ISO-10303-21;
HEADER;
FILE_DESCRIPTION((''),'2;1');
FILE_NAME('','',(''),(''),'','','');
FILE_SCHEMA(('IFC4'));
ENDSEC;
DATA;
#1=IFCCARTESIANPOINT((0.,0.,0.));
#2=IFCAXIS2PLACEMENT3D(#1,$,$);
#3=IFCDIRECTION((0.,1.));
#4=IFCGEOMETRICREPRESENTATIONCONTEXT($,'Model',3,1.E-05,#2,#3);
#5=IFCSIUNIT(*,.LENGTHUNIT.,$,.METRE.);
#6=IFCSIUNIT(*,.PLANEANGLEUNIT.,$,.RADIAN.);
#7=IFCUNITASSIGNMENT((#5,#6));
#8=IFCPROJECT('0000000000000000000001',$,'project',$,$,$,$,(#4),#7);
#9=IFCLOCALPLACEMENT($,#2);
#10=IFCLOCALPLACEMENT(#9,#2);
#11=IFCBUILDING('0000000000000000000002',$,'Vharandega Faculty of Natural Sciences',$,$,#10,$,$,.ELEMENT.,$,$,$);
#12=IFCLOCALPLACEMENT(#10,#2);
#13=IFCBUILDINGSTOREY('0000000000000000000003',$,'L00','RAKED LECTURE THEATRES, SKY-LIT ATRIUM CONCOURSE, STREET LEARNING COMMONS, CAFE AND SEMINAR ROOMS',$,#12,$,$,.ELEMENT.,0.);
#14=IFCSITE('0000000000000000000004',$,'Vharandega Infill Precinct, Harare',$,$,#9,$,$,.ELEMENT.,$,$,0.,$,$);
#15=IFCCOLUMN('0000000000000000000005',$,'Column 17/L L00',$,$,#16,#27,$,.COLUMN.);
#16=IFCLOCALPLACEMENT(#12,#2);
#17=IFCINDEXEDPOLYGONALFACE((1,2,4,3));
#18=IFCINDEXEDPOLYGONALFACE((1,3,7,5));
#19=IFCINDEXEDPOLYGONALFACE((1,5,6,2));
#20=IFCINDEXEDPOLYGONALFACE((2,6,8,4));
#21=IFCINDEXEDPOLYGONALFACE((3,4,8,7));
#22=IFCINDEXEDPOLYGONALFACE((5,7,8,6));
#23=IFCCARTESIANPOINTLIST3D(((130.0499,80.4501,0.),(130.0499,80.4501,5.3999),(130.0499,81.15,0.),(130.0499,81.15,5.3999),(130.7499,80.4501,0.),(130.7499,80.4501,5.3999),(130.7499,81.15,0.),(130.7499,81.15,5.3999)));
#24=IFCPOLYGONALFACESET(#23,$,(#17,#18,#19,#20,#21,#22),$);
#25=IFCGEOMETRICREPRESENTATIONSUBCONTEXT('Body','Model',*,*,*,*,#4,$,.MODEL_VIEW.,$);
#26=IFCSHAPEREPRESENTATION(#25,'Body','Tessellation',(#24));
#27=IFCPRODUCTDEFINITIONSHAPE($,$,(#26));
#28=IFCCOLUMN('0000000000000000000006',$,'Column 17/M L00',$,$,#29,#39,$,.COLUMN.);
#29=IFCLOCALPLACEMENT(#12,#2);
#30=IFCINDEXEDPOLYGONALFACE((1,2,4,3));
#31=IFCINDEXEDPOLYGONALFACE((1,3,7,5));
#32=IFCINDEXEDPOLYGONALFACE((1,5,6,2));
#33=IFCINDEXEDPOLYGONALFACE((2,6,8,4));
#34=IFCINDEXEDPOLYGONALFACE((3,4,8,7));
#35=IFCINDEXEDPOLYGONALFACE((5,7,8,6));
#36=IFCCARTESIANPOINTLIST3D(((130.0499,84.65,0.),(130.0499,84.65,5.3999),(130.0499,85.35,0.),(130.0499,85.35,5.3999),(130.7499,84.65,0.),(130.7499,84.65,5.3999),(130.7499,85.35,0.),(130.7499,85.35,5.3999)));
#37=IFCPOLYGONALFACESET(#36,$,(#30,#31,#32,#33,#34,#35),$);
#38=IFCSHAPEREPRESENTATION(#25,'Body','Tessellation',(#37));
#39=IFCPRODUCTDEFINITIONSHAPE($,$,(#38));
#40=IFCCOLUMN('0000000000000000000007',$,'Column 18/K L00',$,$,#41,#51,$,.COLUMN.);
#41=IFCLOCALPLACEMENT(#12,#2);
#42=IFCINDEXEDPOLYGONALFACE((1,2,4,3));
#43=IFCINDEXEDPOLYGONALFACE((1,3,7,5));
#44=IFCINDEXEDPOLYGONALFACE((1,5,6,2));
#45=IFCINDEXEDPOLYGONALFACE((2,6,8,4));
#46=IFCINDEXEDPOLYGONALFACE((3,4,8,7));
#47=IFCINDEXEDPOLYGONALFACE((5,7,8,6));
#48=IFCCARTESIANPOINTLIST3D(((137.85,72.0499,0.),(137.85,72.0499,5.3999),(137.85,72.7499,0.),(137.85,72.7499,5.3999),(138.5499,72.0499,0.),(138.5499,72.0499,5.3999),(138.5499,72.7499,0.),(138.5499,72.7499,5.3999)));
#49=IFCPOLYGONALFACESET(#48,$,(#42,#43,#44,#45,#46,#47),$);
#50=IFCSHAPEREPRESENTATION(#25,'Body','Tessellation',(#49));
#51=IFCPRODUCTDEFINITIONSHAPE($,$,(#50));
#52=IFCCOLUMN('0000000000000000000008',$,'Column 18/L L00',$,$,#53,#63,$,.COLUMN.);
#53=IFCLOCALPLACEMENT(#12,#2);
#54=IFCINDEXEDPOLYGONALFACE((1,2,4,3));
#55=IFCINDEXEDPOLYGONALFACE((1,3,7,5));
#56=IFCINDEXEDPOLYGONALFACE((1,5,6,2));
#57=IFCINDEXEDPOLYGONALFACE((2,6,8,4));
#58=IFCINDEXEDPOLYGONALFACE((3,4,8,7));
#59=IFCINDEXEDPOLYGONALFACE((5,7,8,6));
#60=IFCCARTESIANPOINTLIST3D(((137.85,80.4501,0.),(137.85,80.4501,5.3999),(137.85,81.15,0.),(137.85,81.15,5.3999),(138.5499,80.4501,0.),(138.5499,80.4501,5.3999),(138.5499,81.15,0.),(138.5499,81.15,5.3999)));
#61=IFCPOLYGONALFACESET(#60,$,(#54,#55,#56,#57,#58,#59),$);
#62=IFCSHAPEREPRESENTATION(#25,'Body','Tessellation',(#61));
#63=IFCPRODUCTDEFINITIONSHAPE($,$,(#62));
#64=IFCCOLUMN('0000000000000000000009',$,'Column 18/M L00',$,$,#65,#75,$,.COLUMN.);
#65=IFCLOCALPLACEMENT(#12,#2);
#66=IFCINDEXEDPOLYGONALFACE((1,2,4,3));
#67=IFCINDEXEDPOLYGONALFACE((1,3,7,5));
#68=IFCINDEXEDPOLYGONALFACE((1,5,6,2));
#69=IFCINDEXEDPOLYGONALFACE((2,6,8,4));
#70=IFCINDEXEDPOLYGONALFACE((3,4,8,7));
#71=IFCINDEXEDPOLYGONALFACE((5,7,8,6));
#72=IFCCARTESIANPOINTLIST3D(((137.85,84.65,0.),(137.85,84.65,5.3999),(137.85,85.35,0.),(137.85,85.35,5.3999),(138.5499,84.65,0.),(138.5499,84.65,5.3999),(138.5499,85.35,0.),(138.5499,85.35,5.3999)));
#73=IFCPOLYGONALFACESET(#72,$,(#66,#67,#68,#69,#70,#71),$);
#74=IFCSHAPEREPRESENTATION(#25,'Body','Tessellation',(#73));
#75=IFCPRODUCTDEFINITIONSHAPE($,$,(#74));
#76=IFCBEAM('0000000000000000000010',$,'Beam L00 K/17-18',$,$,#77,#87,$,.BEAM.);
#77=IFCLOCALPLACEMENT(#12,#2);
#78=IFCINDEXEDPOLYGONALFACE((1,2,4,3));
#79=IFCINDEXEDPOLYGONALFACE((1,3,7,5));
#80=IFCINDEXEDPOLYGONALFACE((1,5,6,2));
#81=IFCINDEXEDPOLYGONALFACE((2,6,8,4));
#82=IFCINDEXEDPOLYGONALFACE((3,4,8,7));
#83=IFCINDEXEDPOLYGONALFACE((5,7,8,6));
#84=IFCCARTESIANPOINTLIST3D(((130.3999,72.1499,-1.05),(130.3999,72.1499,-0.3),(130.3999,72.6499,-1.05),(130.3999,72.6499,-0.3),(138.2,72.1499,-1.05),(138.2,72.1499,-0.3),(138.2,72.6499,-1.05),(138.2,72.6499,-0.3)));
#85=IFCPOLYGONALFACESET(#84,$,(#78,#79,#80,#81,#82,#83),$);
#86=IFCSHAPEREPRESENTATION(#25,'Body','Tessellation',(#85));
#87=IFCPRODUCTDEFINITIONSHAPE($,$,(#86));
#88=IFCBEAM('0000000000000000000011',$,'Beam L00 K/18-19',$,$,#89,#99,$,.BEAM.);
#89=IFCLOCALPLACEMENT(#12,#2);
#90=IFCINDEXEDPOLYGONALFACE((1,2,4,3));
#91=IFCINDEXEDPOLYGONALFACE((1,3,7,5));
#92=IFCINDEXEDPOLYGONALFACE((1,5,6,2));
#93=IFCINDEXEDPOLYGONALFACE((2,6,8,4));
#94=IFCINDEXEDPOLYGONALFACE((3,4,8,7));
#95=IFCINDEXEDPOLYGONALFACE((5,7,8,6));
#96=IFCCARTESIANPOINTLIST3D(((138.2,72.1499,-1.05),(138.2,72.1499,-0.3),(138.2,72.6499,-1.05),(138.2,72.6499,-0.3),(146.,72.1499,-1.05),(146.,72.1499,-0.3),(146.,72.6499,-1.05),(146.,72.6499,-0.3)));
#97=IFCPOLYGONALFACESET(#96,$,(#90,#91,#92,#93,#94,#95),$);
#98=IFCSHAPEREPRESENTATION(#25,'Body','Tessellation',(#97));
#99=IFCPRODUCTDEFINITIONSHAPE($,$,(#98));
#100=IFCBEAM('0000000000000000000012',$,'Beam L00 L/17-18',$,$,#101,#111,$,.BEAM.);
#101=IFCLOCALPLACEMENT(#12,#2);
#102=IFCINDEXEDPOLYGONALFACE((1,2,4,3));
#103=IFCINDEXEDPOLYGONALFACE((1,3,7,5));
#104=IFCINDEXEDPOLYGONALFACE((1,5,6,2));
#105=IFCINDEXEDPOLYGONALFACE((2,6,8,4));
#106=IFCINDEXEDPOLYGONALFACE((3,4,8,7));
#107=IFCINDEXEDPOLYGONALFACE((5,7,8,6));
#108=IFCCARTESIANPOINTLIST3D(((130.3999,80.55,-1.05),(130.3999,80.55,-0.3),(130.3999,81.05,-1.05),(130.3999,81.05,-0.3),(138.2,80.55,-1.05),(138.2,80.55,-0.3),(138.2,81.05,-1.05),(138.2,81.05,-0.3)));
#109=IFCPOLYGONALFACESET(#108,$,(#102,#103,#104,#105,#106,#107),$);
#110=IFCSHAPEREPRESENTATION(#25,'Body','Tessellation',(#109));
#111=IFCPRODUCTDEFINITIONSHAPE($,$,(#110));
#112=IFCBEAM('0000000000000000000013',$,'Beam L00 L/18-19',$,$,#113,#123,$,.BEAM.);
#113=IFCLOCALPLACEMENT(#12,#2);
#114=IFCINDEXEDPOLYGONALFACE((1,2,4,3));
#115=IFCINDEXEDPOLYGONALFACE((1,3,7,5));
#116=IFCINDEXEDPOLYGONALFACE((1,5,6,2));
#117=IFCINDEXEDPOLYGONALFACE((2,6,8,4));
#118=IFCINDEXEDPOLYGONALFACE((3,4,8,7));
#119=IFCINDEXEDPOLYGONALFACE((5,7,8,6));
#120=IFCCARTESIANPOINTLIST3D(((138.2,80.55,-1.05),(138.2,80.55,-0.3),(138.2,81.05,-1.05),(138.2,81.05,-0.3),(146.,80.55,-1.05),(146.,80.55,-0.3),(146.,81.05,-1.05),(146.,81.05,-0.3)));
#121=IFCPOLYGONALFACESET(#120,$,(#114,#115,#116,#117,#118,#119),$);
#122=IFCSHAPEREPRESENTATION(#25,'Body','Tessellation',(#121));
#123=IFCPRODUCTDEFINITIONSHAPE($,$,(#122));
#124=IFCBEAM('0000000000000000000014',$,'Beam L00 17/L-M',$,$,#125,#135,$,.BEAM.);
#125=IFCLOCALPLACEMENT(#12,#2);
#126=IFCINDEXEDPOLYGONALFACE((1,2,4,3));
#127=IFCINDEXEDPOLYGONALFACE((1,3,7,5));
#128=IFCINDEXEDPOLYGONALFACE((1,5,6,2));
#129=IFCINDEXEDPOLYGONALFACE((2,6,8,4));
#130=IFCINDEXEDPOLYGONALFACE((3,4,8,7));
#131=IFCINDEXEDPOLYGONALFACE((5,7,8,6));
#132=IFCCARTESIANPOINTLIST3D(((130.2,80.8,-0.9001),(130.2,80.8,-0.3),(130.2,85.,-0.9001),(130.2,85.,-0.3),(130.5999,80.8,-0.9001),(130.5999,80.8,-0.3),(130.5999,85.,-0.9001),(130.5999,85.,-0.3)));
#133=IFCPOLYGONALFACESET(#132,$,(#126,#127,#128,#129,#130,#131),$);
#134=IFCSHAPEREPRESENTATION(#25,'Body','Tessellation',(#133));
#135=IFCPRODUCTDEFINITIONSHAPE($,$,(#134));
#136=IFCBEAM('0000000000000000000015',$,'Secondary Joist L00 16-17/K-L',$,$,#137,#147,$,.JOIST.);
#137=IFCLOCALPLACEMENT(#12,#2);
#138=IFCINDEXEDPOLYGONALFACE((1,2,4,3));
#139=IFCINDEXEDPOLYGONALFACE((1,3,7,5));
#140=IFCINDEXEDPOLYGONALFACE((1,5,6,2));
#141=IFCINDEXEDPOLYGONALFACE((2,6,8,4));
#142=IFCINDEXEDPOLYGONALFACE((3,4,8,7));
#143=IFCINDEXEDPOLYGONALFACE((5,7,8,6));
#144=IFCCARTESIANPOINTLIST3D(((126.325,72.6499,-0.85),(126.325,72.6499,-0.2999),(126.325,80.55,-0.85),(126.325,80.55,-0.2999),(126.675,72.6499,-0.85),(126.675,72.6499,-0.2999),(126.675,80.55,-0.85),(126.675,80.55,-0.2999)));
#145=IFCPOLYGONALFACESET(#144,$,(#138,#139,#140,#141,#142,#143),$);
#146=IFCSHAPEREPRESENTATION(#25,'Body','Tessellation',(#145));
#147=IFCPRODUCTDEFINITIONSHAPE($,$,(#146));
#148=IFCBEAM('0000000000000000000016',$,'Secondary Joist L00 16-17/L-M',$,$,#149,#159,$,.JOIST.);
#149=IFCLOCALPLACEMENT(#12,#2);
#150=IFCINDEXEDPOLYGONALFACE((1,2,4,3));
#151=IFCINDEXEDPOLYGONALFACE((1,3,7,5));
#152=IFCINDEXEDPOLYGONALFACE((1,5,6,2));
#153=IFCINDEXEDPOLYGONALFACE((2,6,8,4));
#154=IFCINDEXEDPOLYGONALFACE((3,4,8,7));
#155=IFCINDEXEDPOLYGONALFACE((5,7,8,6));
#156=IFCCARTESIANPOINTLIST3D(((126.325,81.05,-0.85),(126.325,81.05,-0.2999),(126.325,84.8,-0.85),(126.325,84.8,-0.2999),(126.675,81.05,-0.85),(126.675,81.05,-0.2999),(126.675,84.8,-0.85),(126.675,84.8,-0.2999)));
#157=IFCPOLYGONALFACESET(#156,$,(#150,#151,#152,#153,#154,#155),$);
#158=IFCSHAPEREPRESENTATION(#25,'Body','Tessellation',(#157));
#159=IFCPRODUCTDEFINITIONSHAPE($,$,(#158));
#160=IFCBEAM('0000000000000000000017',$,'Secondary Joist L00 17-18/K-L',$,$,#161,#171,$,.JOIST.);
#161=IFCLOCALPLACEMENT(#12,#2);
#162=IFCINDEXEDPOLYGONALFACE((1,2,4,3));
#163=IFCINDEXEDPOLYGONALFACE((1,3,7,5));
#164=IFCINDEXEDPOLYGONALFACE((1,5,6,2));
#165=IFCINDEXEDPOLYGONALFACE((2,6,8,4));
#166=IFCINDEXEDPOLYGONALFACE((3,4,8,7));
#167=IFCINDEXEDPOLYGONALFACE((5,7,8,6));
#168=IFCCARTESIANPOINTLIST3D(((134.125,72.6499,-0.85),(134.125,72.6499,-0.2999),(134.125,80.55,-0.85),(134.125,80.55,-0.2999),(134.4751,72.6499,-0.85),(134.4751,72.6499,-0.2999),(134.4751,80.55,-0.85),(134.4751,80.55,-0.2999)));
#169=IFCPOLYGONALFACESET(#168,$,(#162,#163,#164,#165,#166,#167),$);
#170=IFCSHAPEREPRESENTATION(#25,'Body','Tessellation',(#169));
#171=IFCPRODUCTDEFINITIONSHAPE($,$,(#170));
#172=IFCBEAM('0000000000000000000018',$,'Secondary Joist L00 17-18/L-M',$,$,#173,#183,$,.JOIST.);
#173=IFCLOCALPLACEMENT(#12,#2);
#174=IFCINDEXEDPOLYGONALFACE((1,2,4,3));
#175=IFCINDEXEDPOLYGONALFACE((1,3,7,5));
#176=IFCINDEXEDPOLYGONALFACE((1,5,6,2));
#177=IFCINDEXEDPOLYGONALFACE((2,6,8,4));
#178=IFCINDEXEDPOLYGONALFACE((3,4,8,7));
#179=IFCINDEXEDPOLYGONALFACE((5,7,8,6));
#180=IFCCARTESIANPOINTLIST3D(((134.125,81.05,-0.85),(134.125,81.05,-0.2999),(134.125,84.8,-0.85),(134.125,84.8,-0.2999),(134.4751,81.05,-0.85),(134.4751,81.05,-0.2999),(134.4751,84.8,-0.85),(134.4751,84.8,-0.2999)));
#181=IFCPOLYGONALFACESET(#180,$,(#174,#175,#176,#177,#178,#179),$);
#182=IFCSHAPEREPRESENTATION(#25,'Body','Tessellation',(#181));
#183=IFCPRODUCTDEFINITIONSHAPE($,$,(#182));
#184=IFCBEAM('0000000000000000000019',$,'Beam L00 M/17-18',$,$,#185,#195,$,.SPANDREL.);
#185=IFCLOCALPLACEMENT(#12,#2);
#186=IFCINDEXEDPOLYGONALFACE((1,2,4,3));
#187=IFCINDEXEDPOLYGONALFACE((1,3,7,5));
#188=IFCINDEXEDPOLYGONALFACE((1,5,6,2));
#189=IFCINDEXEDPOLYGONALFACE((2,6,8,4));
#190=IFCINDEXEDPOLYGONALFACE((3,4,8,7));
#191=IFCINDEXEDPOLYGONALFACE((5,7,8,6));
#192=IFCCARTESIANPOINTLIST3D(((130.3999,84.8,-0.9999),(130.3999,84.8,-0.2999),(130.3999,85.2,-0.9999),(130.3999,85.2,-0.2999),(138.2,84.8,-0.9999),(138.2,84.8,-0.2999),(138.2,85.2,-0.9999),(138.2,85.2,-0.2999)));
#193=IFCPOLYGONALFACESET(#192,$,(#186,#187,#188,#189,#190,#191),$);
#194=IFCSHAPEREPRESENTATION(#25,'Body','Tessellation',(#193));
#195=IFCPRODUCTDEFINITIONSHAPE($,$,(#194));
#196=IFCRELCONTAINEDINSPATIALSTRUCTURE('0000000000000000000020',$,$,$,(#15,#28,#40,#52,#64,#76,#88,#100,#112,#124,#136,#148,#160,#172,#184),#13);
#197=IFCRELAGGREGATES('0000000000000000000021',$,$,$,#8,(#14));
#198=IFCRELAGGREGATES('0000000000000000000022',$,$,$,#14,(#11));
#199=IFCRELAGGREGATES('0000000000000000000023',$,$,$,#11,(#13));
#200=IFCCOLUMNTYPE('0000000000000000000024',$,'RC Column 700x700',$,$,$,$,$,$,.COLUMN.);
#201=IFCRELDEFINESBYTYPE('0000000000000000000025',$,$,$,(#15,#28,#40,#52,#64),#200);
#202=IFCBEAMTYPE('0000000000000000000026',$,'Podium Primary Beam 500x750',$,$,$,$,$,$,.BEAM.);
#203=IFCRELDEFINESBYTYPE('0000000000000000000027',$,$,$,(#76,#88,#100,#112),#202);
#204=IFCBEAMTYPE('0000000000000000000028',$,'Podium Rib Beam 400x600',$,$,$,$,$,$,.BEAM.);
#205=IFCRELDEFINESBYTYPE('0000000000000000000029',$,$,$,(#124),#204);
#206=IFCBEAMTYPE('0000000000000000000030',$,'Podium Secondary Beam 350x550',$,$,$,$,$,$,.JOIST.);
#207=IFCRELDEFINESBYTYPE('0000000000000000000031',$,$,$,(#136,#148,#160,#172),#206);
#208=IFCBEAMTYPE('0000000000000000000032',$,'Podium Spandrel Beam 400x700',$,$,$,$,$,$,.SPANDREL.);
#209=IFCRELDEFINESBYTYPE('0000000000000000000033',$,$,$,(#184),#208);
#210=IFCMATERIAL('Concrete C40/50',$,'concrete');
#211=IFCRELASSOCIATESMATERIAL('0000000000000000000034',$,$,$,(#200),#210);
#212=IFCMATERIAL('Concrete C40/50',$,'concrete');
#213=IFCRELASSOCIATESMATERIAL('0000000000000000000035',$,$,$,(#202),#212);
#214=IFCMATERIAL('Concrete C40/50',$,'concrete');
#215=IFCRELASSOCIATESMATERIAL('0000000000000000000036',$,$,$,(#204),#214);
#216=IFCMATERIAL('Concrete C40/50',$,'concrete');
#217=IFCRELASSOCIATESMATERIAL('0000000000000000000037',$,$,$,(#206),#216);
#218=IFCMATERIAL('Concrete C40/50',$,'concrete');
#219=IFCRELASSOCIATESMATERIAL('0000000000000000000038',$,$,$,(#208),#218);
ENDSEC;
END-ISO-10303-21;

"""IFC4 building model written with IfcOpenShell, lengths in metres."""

from ifc_helpers import new_model, si_unit, direction, frame, origin, origin_2d, place, context, subcontext, project, spatial, rectangle, extrude, material, material_profile, profile_set, type_object, element, save


model = new_model("IFC4")

# Units and contexts
model_context = context("Model", 3, precision=1e-05, world=origin(), true_north=direction((0.0, 1.0)))
body_context = subcontext(model_context, "Body", "Model", "MODEL_VIEW")
ifc_project = project(units=[si_unit("LENGTHUNIT", "METRE"), si_unit("PLANEANGLEUNIT", "RADIAN")], contexts=[model_context])

# Site, building, storey
site_placement = place(None, origin())
site = spatial("IfcSite", under=ifc_project, at=site_placement, Name="Vharandega Infill Precinct, Harare", CompositionType="ELEMENT", RefElevation=0.0)
building_placement = place(site_placement, origin())
building = spatial("IfcBuilding", under=site, at=building_placement, Name="Vharandega Faculty of Natural Sciences", CompositionType="ELEMENT")
storey_placement = place(building_placement, origin())
storey = spatial("IfcBuildingStorey", under=building, at=storey_placement, Name="L00", Description="RAKED LECTURE THEATRES, SKY-LIT ATRIUM CONCOURSE, STREET LEARNING COMMONS, CAFE AND SEMINAR ROOMS", CompositionType="ELEMENT", Elevation=0.0)

# Columns
ifc_material_1 = material(Name="Concrete C40/50", Category="concrete")
ifc_material_profile_1 = material_profile(ifc_material_1, rectangle(XDim=0.7, YDim=0.7, at=origin_2d()), Name="RC 700x700")
ifc_profile_set_1 = profile_set([ifc_material_profile_1], Name="Concrete C40/50")
column_type = type_object("IfcColumnType", Name="RC Column 700x700", PredefinedType="COLUMN", material=ifc_profile_set_1)
for number, where, z_axis, x_axis, name in (
    (1, (130.3999, 80.8, 0.0), (0.0, 0.0, 1.0), (1.0, 0.0, 0.0), "Column 17/L L00"),
    (2, (130.3999, 85.0, 0.0), (0.0, 0.0, 1.0), (1.0, 0.0, 0.0), "Column 17/M L00"),
    (3, (138.2, 72.3999, 0.0), (0.0, 0.0, 1.0), (1.0, 0.0, 0.0), "Column 18/K L00"),
    (4, (138.2, 80.8, 0.0), (0.0, 0.0, 1.0), (1.0, 0.0, 0.0), "Column 18/L L00"),
    (5, (138.2, 85.0, 0.0), (0.0, 0.0, 1.0), (1.0, 0.0, 0.0), "Column 18/M L00"),
):
    element("IfcColumn", number, at=place(storey_placement, frame(where, z_axis=z_axis, x_axis=x_axis)), inside=storey, type_object=column_type, Name=name, PredefinedType="COLUMN", context=body_context, shape_type="SweptSolid", body=[
        extrude(rectangle(XDim=0.7, YDim=0.7, at=origin_2d()), origin(), (0.0, 0.0, 1.0), 5.3999),
    ])

# Beams
ifc_material_2 = material(Name="Concrete C40/50", Category="concrete")
ifc_material_profile_2 = material_profile(ifc_material_2, rectangle(XDim=0.5, YDim=0.75, at=origin_2d()), Name="RC 500x750")
ifc_profile_set_2 = profile_set([ifc_material_profile_2], Name="Concrete C40/50")
beam_type_1 = type_object("IfcBeamType", Name="Podium Primary Beam 500x750", PredefinedType="BEAM", material=ifc_profile_set_2)
for number, where, z_axis, x_axis, name in (
    (6, (130.3999, 72.3999, -0.675), (1.0, 0.0, 0.0), (0.0, 1.0, 0.0), "Beam L00 K/17-18"),
    (7, (138.2, 72.3999, -0.675), (1.0, 0.0, 0.0), (0.0, 1.0, 0.0), "Beam L00 K/18-19"),
    (8, (130.3999, 80.8, -0.675), (1.0, 0.0, 0.0), (0.0, 1.0, 0.0), "Beam L00 L/17-18"),
    (9, (138.2, 80.8, -0.675), (1.0, 0.0, 0.0), (0.0, 1.0, 0.0), "Beam L00 L/18-19"),
):
    element("IfcBeam", number, at=place(storey_placement, frame(where, z_axis=z_axis, x_axis=x_axis)), inside=storey, type_object=beam_type_1, Name=name, PredefinedType="BEAM", context=body_context, shape_type="SweptSolid", body=[
        extrude(rectangle(XDim=0.5, YDim=0.75, at=origin_2d()), origin(), (0.0, 0.0, 1.0), 7.8),
    ])
ifc_material_3 = material(Name="Concrete C40/50", Category="concrete")
ifc_material_profile_3 = material_profile(ifc_material_3, rectangle(XDim=0.3999, YDim=0.6001, at=origin_2d()), Name="RC 400x600")
ifc_profile_set_3 = profile_set([ifc_material_profile_3], Name="Concrete C40/50")
beam_type_2 = type_object("IfcBeamType", Name="Podium Rib Beam 400x600", PredefinedType="BEAM", material=ifc_profile_set_3)
beam_1_placement = place(storey_placement, frame((130.3999, 80.8, -0.6001), z_axis=(0.0, 1.0, 0.0), x_axis=(-1.0, 0.0, 0.0)))
element("IfcBeam", 10, at=beam_1_placement, inside=storey, type_object=beam_type_2, Name="Beam L00 17/L-M", PredefinedType="BEAM", context=body_context, shape_type="SweptSolid", body=[
    extrude(rectangle(XDim=0.3999, YDim=0.6001, at=origin_2d()), origin(), (0.0, 0.0, 1.0), 4.2),
])
ifc_material_4 = material(Name="Concrete C40/50", Category="concrete")
ifc_material_profile_4 = material_profile(ifc_material_4, rectangle(XDim=0.3501, YDim=0.55, at=origin_2d()), Name="RC 350x550")
ifc_profile_set_4 = profile_set([ifc_material_profile_4], Name="Concrete C40/50")
beam_type_3 = type_object("IfcBeamType", Name="Podium Secondary Beam 350x550", PredefinedType="JOIST", material=ifc_profile_set_4)
beam_2_placement = place(storey_placement, frame((126.5, 72.6499, -0.575), z_axis=(0.0, 1.0, 0.0), x_axis=(-1.0, 0.0, 0.0)))
element("IfcBeam", 11, at=beam_2_placement, inside=storey, type_object=beam_type_3, Name="Secondary Joist L00 16-17/K-L", PredefinedType="JOIST", context=body_context, shape_type="SweptSolid", body=[
    extrude(rectangle(XDim=0.3501, YDim=0.55, at=origin_2d()), origin(), (0.0, 0.0, 1.0), 7.9001),
])
beam_3_placement = place(storey_placement, frame((126.5, 81.05, -0.575), z_axis=(0.0, 1.0, 0.0), x_axis=(-1.0, 0.0, 0.0)))
element("IfcBeam", 12, at=beam_3_placement, inside=storey, type_object=beam_type_3, Name="Secondary Joist L00 16-17/L-M", PredefinedType="JOIST", context=body_context, shape_type="SweptSolid", body=[
    extrude(rectangle(XDim=0.3501, YDim=0.55, at=origin_2d()), origin(), (0.0, 0.0, 1.0), 3.75),
])
beam_4_placement = place(storey_placement, frame((134.3, 72.6499, -0.575), z_axis=(0.0, 1.0, 0.0), x_axis=(-1.0, 0.0, 0.0)))
element("IfcBeam", 13, at=beam_4_placement, inside=storey, type_object=beam_type_3, Name="Secondary Joist L00 17-18/K-L", PredefinedType="JOIST", context=body_context, shape_type="SweptSolid", body=[
    extrude(rectangle(XDim=0.3501, YDim=0.55, at=origin_2d()), origin(), (0.0, 0.0, 1.0), 7.9001),
])
beam_5_placement = place(storey_placement, frame((134.3, 81.05, -0.575), z_axis=(0.0, 1.0, 0.0), x_axis=(-1.0, 0.0, 0.0)))
element("IfcBeam", 14, at=beam_5_placement, inside=storey, type_object=beam_type_3, Name="Secondary Joist L00 17-18/L-M", PredefinedType="JOIST", context=body_context, shape_type="SweptSolid", body=[
    extrude(rectangle(XDim=0.3501, YDim=0.55, at=origin_2d()), origin(), (0.0, 0.0, 1.0), 3.75),
])
ifc_material_5 = material(Name="Concrete C40/50", Category="concrete")
ifc_material_profile_5 = material_profile(ifc_material_5, rectangle(XDim=0.3999, YDim=0.7, at=origin_2d()), Name="RC 400x700")
ifc_profile_set_5 = profile_set([ifc_material_profile_5], Name="Concrete C40/50")
beam_type_4 = type_object("IfcBeamType", Name="Podium Spandrel Beam 400x700", PredefinedType="SPANDREL", material=ifc_profile_set_5)
beam_6_placement = place(storey_placement, frame((130.3999, 85.0, -0.6499), z_axis=(1.0, 0.0, 0.0), x_axis=(0.0, 1.0, 0.0)))
element("IfcBeam", 15, at=beam_6_placement, inside=storey, type_object=beam_type_4, Name="Beam L00 M/17-18", PredefinedType="SPANDREL", context=body_context, shape_type="SweptSolid", body=[
    extrude(rectangle(XDim=0.3999, YDim=0.7, at=origin_2d()), origin(), (0.0, 0.0, 1.0), 7.8),
])

save(model, "model.ifc")
